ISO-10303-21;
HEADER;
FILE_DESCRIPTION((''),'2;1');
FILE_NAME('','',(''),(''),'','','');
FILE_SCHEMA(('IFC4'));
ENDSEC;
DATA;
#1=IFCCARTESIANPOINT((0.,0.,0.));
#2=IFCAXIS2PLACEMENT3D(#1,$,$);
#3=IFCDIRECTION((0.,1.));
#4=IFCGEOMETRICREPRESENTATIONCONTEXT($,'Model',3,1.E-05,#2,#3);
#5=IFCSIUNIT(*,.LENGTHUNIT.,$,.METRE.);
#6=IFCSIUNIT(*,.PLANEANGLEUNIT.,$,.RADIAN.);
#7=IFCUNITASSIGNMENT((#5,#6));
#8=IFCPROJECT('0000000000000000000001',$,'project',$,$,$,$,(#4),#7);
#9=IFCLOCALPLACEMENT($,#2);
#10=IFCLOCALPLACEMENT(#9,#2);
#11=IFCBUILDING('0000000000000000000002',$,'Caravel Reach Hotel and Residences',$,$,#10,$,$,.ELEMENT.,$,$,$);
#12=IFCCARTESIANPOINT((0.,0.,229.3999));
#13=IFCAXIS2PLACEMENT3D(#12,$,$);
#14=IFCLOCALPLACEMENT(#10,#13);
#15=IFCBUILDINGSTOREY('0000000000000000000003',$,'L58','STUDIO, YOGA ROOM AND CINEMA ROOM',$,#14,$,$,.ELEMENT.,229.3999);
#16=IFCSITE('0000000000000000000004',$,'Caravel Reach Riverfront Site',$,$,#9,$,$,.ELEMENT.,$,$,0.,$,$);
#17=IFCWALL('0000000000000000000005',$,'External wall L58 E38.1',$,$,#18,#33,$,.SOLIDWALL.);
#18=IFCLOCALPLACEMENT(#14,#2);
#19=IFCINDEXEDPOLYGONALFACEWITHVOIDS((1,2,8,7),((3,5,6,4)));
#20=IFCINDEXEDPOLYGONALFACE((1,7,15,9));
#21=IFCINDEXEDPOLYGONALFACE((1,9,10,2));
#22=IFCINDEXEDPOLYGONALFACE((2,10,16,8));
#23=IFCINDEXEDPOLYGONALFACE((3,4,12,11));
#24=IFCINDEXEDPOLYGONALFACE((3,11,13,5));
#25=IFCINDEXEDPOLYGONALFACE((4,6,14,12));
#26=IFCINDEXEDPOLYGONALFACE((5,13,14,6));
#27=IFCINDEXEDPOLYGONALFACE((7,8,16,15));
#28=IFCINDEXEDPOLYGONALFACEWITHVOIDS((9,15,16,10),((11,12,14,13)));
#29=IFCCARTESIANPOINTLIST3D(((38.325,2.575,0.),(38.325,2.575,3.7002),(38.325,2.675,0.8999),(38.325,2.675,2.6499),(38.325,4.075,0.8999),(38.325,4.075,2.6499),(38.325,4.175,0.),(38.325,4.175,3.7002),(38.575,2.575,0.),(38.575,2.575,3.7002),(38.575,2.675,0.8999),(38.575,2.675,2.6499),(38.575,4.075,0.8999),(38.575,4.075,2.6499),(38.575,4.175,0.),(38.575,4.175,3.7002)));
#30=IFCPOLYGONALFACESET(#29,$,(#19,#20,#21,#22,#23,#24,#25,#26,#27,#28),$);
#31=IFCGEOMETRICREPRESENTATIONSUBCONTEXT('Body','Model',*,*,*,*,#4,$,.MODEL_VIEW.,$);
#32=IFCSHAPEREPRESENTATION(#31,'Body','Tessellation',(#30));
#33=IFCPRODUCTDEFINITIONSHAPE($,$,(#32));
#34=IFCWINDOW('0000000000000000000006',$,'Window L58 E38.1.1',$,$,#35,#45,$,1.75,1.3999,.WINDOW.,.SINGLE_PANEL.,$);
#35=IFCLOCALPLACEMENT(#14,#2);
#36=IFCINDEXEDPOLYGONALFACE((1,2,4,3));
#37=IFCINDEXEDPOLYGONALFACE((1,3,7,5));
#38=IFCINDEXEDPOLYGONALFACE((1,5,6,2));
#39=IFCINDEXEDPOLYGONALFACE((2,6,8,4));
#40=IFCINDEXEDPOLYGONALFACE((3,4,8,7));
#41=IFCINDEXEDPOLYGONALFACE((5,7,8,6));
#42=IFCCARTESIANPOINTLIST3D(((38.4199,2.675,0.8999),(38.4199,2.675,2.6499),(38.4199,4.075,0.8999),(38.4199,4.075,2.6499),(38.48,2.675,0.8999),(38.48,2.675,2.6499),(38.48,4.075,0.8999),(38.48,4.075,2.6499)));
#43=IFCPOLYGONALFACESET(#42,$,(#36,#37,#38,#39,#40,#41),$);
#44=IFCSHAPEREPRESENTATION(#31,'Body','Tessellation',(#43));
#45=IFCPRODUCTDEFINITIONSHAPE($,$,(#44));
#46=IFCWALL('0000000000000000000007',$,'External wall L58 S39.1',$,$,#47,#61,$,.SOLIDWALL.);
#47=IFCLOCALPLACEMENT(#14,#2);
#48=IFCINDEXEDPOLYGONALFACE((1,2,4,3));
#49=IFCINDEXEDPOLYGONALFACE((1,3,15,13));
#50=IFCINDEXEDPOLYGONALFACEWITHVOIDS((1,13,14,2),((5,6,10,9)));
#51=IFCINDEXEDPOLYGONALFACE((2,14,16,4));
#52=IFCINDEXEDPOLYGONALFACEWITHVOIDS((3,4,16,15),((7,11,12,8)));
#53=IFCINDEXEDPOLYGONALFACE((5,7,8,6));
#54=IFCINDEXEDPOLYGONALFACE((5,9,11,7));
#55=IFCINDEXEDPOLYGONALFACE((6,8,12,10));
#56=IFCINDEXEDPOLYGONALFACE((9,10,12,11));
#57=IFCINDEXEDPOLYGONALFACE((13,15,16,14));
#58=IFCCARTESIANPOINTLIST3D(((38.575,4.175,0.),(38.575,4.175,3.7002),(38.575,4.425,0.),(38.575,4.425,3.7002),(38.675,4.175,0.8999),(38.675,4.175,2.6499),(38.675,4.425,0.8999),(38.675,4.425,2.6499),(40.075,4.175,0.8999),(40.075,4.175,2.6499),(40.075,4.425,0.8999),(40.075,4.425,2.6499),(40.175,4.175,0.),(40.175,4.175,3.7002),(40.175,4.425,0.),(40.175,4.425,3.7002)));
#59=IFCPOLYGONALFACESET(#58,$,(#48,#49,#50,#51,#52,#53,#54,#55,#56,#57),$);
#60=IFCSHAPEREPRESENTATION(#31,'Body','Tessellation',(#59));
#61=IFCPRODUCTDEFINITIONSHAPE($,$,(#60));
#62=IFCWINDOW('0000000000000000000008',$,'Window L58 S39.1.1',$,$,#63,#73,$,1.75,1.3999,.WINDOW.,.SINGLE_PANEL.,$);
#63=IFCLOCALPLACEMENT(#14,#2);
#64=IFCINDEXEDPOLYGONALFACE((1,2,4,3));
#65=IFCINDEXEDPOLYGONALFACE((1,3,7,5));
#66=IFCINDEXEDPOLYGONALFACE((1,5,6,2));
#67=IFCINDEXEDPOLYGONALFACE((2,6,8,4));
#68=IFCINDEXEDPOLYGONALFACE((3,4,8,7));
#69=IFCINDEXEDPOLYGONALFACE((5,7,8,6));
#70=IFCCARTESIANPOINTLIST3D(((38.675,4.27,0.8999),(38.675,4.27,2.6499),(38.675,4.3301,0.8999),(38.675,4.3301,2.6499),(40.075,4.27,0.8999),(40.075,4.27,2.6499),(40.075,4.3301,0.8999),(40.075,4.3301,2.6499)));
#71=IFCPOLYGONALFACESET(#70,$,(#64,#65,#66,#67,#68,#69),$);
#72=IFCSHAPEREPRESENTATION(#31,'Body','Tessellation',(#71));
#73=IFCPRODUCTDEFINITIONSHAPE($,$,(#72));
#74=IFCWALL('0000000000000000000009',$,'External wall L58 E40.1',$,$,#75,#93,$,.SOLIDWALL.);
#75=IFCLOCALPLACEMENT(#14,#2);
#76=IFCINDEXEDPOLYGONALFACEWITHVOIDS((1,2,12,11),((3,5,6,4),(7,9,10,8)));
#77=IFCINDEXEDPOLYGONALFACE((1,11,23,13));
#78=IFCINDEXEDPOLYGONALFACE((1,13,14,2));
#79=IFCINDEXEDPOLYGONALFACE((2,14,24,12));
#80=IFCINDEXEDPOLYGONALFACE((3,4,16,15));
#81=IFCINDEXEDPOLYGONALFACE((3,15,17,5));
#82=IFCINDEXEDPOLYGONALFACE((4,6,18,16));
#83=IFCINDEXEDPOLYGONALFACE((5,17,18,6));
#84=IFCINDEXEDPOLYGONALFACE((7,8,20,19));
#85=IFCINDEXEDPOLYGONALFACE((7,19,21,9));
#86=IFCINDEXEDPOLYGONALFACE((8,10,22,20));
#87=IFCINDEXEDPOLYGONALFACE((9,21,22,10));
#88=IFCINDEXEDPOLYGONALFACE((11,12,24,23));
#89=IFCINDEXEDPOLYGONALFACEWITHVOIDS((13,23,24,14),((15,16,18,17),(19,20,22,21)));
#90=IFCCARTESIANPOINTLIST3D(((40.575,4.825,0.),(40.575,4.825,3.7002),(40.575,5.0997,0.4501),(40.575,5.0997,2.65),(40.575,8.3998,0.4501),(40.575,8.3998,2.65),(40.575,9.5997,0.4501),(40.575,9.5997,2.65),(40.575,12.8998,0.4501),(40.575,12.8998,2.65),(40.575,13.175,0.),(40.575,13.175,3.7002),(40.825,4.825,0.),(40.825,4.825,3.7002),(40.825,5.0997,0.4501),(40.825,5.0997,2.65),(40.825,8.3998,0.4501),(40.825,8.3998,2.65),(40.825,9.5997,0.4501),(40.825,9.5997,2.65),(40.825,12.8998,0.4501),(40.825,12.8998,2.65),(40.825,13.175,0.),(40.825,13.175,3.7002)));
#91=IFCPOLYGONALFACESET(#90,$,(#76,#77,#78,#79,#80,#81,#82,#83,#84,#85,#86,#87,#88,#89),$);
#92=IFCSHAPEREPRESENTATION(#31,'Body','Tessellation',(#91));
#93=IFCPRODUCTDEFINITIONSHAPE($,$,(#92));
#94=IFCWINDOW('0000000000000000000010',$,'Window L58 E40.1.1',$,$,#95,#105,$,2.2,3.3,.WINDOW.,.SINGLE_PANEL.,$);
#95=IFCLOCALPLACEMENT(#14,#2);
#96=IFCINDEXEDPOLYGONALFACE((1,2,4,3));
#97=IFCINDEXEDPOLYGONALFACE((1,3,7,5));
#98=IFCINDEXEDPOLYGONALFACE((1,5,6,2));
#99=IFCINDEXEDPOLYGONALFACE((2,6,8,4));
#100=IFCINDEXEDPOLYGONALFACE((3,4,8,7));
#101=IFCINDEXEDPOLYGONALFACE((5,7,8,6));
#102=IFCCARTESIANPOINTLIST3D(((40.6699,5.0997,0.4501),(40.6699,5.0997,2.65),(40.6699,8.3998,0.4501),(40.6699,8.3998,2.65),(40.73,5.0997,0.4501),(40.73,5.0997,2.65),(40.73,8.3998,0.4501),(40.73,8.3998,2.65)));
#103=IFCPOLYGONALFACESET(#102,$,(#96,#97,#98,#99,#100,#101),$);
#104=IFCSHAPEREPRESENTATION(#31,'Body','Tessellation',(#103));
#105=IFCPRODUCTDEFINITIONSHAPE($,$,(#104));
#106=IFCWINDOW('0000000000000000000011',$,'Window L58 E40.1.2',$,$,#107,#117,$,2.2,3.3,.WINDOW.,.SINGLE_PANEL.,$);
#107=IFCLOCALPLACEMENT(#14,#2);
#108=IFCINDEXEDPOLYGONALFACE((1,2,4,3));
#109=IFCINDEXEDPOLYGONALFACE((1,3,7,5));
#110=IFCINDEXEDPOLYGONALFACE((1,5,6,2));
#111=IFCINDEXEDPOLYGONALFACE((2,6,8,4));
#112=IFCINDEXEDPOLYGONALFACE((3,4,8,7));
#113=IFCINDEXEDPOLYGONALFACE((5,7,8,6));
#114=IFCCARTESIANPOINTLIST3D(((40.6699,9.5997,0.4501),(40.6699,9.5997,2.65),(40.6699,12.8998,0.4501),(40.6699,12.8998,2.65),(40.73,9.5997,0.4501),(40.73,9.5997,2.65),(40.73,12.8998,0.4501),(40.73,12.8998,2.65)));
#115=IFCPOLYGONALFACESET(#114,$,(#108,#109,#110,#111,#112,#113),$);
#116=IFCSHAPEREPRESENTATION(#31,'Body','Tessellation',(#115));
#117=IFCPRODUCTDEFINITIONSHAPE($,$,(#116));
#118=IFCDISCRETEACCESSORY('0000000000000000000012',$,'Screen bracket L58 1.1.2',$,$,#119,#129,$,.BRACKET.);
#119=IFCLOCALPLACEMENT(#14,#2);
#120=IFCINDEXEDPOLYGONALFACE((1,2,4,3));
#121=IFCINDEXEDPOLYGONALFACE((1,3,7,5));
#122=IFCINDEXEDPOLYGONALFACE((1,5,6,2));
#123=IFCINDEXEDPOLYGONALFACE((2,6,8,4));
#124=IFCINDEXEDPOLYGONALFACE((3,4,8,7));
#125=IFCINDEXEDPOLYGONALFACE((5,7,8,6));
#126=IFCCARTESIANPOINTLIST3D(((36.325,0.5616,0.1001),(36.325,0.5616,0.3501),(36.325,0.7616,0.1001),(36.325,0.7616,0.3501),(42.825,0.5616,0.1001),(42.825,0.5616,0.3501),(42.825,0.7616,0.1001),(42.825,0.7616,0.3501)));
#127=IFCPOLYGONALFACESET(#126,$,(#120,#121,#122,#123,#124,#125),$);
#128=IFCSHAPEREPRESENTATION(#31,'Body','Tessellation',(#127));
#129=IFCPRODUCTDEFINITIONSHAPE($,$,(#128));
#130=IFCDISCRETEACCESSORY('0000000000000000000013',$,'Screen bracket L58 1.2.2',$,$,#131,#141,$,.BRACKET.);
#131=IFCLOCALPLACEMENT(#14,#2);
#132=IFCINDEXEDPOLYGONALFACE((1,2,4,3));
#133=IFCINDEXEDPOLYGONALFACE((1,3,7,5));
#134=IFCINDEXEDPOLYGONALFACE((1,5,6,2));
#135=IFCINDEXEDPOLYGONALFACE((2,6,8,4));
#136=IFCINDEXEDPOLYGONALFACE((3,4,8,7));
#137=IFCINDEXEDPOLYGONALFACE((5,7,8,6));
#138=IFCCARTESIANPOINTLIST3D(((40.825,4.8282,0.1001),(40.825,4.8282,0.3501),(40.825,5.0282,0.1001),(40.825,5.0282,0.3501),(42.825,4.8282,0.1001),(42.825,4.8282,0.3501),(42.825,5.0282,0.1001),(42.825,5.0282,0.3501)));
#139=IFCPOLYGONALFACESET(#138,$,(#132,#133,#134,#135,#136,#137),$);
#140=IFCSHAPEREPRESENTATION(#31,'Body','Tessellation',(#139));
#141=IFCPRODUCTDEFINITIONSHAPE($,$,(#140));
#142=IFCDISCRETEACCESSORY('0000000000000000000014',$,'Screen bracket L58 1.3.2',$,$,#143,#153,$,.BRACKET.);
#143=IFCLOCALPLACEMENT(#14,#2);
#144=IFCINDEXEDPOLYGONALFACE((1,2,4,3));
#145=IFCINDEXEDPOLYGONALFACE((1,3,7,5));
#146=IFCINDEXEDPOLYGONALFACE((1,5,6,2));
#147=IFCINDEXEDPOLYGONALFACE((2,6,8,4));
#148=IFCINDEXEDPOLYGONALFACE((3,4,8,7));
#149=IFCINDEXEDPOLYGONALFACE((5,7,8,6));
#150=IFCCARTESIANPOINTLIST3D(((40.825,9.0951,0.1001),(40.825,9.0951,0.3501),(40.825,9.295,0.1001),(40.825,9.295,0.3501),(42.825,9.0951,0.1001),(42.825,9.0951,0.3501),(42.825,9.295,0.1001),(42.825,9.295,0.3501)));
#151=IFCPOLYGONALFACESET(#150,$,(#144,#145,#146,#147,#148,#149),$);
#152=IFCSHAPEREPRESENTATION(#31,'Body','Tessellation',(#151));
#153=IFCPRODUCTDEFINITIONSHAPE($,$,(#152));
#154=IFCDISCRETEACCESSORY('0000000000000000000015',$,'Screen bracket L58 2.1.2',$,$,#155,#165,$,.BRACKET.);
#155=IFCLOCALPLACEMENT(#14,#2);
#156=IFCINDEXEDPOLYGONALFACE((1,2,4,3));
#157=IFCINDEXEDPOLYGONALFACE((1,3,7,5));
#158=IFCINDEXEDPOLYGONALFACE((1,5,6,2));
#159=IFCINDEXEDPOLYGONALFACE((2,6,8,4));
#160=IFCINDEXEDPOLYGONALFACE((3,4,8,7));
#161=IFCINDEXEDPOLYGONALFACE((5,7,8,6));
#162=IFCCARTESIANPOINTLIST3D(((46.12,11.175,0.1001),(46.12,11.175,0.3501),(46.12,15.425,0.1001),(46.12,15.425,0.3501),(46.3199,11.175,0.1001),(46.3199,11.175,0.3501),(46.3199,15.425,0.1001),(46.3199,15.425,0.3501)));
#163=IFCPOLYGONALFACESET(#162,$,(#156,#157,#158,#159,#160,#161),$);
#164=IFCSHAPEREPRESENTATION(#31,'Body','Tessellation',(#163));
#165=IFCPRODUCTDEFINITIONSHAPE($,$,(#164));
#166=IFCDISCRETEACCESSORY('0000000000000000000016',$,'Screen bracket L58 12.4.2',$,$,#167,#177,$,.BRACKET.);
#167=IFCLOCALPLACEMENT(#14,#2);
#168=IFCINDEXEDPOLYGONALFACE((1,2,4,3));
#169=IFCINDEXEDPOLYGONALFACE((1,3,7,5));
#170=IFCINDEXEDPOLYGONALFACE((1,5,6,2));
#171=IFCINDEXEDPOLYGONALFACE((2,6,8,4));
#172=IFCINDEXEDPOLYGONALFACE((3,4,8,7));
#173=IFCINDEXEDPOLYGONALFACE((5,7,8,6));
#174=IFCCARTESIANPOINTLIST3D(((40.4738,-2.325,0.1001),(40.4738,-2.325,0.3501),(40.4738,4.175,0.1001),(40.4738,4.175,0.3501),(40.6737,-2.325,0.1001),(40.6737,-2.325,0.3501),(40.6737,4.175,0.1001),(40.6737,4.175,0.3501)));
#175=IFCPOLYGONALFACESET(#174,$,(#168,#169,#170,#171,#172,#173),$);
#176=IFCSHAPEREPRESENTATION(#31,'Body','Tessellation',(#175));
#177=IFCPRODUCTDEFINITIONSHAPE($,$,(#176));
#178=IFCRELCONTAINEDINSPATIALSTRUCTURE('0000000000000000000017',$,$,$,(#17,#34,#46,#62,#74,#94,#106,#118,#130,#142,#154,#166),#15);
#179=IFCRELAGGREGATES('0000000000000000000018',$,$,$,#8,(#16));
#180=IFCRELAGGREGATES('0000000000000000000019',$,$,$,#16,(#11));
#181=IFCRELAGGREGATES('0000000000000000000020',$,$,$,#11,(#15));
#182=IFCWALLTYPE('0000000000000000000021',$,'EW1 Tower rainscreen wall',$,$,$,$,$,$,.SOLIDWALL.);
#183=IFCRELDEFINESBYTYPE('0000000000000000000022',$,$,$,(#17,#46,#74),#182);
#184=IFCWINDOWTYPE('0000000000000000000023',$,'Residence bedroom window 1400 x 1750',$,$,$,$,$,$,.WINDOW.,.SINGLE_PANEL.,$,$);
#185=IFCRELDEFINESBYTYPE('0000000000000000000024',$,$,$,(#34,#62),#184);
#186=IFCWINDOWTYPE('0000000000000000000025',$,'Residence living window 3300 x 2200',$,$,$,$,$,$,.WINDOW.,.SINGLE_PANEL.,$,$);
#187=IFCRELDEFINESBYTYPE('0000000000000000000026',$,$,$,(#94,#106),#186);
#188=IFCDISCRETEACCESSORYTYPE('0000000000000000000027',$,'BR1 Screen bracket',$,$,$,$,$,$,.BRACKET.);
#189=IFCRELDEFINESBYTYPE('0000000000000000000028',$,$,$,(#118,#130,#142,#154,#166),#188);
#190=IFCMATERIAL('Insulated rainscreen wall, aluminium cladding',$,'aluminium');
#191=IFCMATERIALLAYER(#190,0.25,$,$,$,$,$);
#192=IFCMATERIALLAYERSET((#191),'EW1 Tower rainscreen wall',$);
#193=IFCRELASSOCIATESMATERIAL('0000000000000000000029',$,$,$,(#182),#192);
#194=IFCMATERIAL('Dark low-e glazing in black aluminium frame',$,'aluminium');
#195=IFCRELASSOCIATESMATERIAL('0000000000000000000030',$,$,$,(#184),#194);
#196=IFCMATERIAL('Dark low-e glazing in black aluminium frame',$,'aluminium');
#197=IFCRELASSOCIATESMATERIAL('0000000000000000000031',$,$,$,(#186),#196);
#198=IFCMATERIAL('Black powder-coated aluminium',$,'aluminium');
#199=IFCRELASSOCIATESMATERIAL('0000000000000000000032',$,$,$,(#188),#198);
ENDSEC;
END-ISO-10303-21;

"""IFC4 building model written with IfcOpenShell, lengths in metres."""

from ifc_helpers import new_model, si_unit, direction, frame, frame_2d, origin, origin_2d, place, context, subcontext, project, spatial, rectangle, extrude, material, layer, layer_set, type_object, element, fill, save


model = new_model("IFC4")

# Units and contexts
model_context = context("Model", 3, precision=1e-05, world=origin(), true_north=direction((0.0, 1.0)))
body_context = subcontext(model_context, "Body", "Model", "MODEL_VIEW")
ifc_project = project(units=[si_unit("LENGTHUNIT", "METRE"), si_unit("PLANEANGLEUNIT", "RADIAN")], contexts=[model_context])

# Site, building, storey
site_placement = place(None, origin())
site = spatial("IfcSite", under=ifc_project, at=site_placement, Name="Caravel Reach Riverfront Site", CompositionType="ELEMENT", RefElevation=0.0)
building_placement = place(site_placement, origin())
building = spatial("IfcBuilding", under=site, at=building_placement, Name="Caravel Reach Hotel and Residences", CompositionType="ELEMENT")
storey_placement = place(building_placement, frame((0.0, 0.0, 229.3999)))
storey = spatial("IfcBuildingStorey", under=building, at=storey_placement, Name="L58", Description="STUDIO, YOGA ROOM AND CINEMA ROOM", CompositionType="ELEMENT", Elevation=229.3999)

# Walls, openings, windows
ifc_material_1 = material(Name="Insulated rainscreen wall, aluminium cladding", Category="aluminium")
ifc_layer = layer(ifc_material_1, 0.25)
ifc_layer_set = layer_set([ifc_layer], Name="EW1 Tower rainscreen wall")
wall_type = type_object("IfcWallType", Name="EW1 Tower rainscreen wall", PredefinedType="SOLIDWALL", material=ifc_layer_set)
ifc_material_2 = material(Name="Dark low-e glazing in black aluminium frame", Category="aluminium")
window_type_1 = type_object("IfcWindowType", Name="Residence bedroom window 1400 x 1750", PartitioningType="SINGLE_PANEL", PredefinedType="WINDOW", material=ifc_material_2)
wall_1_placement = place(storey_placement, frame((38.45, 2.575, 0.0), z_axis=(0.0, 0.0, 1.0), x_axis=(0.0, 1.0, 0.0)))
wall_1 = element("IfcWall", 1, at=wall_1_placement, inside=storey, type_object=wall_type, Name="External wall L58 E38.1", PredefinedType="SOLIDWALL", context=body_context, shape_type="SweptSolid", body=[
    extrude(rectangle(XDim=1.6001, YDim=0.25, at=frame_2d((0.8, 0.0))), origin(), (0.0, 0.0, 1.0), 3.7002),
])
opening_1_placement = place(wall_1_placement, frame((0.1001, 0.0, 0.8999)))
opening_1 = element("IfcOpeningElement", 2, at=opening_1_placement, cuts=wall_1, PredefinedType="OPENING", context=body_context, shape_type="SweptSolid", body=[
    extrude(rectangle(XDim=1.3999, YDim=1.75, at=frame_2d((0.7, 0.875))), frame((0.0, 0.135, 0.0), z_axis=(0.0, -1.0, 0.0), x_axis=(1.0, 0.0, 0.0)), (0.0, 0.0, 1.0), 0.27),
])
window_1_placement = place(opening_1_placement, origin())
window_1 = element("IfcWindow", 3, at=window_1_placement, inside=storey, type_object=window_type_1, Name="Window L58 E38.1.1", OverallHeight=1.75, OverallWidth=1.3999, PartitioningType="SINGLE_PANEL", PredefinedType="WINDOW", context=body_context, shape_type="SweptSolid", body=[
    extrude(rectangle(XDim=1.3999, YDim=1.75, at=frame_2d((0.7, 0.875))), frame((0.0, 0.03, 0.0), z_axis=(0.0, -1.0, 0.0), x_axis=(1.0, 0.0, 0.0)), (0.0, 0.0, 1.0), 0.0601),
])
fill(opening_1, window_1)
wall_2_placement = place(storey_placement, frame((38.575, 4.3, 0.0), z_axis=(0.0, 0.0, 1.0), x_axis=(1.0, 0.0, 0.0)))
wall_2 = element("IfcWall", 4, at=wall_2_placement, inside=storey, type_object=wall_type, Name="External wall L58 S39.1", PredefinedType="SOLIDWALL", context=body_context, shape_type="SweptSolid", body=[
    extrude(rectangle(XDim=1.6001, YDim=0.25, at=frame_2d((0.8, 0.0))), origin(), (0.0, 0.0, 1.0), 3.7002),
])
opening_2_placement = place(wall_2_placement, frame((0.1001, 0.0, 0.8999)))
opening_2 = element("IfcOpeningElement", 5, at=opening_2_placement, cuts=wall_2, PredefinedType="OPENING", context=body_context, shape_type="SweptSolid", body=[
    extrude(rectangle(XDim=1.3999, YDim=1.75, at=frame_2d((0.7, 0.875))), frame((0.0, 0.135, 0.0), z_axis=(0.0, -1.0, 0.0), x_axis=(1.0, 0.0, 0.0)), (0.0, 0.0, 1.0), 0.27),
])
window_2_placement = place(opening_2_placement, origin())
window_2 = element("IfcWindow", 6, at=window_2_placement, inside=storey, type_object=window_type_1, Name="Window L58 S39.1.1", OverallHeight=1.75, OverallWidth=1.3999, PartitioningType="SINGLE_PANEL", PredefinedType="WINDOW", context=body_context, shape_type="SweptSolid", body=[
    extrude(rectangle(XDim=1.3999, YDim=1.75, at=frame_2d((0.7, 0.875))), frame((0.0, 0.03, 0.0), z_axis=(0.0, -1.0, 0.0), x_axis=(1.0, 0.0, 0.0)), (0.0, 0.0, 1.0), 0.0601),
])
fill(opening_2, window_2)

# Wall, openings, windows
wall_3_placement = place(storey_placement, frame((40.7, 4.825, 0.0), z_axis=(0.0, 0.0, 1.0), x_axis=(0.0, 1.0, 0.0)))
wall_3 = element("IfcWall", 7, at=wall_3_placement, inside=storey, type_object=wall_type, Name="External wall L58 E40.1", PredefinedType="SOLIDWALL", context=body_context, shape_type="SweptSolid", body=[
    extrude(rectangle(XDim=8.3501, YDim=0.25, at=frame_2d((4.175, 0.0))), origin(), (0.0, 0.0, 1.0), 3.7002),
])
opening_3_placement = place(wall_3_placement, frame((0.2749, 0.0, 0.45)))
opening_3 = element("IfcOpeningElement", 8, at=opening_3_placement, cuts=wall_3, PredefinedType="OPENING", context=body_context, shape_type="SweptSolid", body=[
    extrude(rectangle(XDim=3.3, YDim=2.2, at=frame_2d((1.6499, 1.1001))), frame((0.0, 0.135, 0.0), z_axis=(0.0, -1.0, 0.0), x_axis=(1.0, 0.0, 0.0)), (0.0, 0.0, 1.0), 0.27),
])
opening_4_placement = place(wall_3_placement, frame((4.7749, 0.0, 0.45)))
opening_4 = element("IfcOpeningElement", 9, at=opening_4_placement, cuts=wall_3, PredefinedType="OPENING", context=body_context, shape_type="SweptSolid", body=[
    extrude(rectangle(XDim=3.3, YDim=2.2, at=frame_2d((1.6499, 1.1001))), frame((0.0, 0.135, 0.0), z_axis=(0.0, -1.0, 0.0), x_axis=(1.0, 0.0, 0.0)), (0.0, 0.0, 1.0), 0.27),
])
ifc_material_3 = material(Name="Dark low-e glazing in black aluminium frame", Category="aluminium")
window_type_2 = type_object("IfcWindowType", Name="Residence living window 3300 x 2200", PartitioningType="SINGLE_PANEL", PredefinedType="WINDOW", material=ifc_material_3)
window_3_placement = place(opening_3_placement, origin())
window_3 = element("IfcWindow", 10, at=window_3_placement, inside=storey, type_object=window_type_2, Name="Window L58 E40.1.1", OverallHeight=2.2, OverallWidth=3.3, PartitioningType="SINGLE_PANEL", PredefinedType="WINDOW", context=body_context, shape_type="SweptSolid", body=[
    extrude(rectangle(XDim=3.3, YDim=2.2, at=frame_2d((1.6499, 1.1001))), frame((0.0, 0.03, 0.0), z_axis=(0.0, -1.0, 0.0), x_axis=(1.0, 0.0, 0.0)), (0.0, 0.0, 1.0), 0.0601),
])
fill(opening_3, window_3)
window_4_placement = place(opening_4_placement, origin())
window_4 = element("IfcWindow", 11, at=window_4_placement, inside=storey, type_object=window_type_2, Name="Window L58 E40.1.2", OverallHeight=2.2, OverallWidth=3.3, PartitioningType="SINGLE_PANEL", PredefinedType="WINDOW", context=body_context, shape_type="SweptSolid", body=[
    extrude(rectangle(XDim=3.3, YDim=2.2, at=frame_2d((1.6499, 1.1001))), frame((0.0, 0.03, 0.0), z_axis=(0.0, -1.0, 0.0), x_axis=(1.0, 0.0, 0.0)), (0.0, 0.0, 1.0), 0.0601),
])
fill(opening_4, window_4)

# Discrete accessories
ifc_material_4 = material(Name="Black powder-coated aluminium", Category="aluminium")
discrete_accessory_type = type_object("IfcDiscreteAccessoryType", Name="BR1 Screen bracket", PredefinedType="BRACKET", material=ifc_material_4)
discrete_accessory_1_placement = place(storey_placement, frame((39.575, 0.6616, 0.1001), z_axis=(0.0, 0.0, 1.0), x_axis=(1.0, 0.0, 0.0)))
element("IfcDiscreteAccessory", 12, at=discrete_accessory_1_placement, inside=storey, type_object=discrete_accessory_type, Name="Screen bracket L58 1.1.2", PredefinedType="BRACKET", context=body_context, shape_type="SweptSolid", body=[
    extrude(rectangle(XDim=6.5, YDim=0.2, at=origin_2d()), origin(), (0.0, 0.0, 1.0), 0.25),
])
for number, where, z_axis, x_axis, name in (
    (13, (41.825, 4.9282, 0.1001), (0.0, 0.0, 1.0), (1.0, 0.0, 0.0), "Screen bracket L58 1.2.2"),
    (14, (41.825, 9.1951, 0.1001), (0.0, 0.0, 1.0), (1.0, 0.0, 0.0), "Screen bracket L58 1.3.2"),
):
    element("IfcDiscreteAccessory", number, at=place(storey_placement, frame(where, z_axis=z_axis, x_axis=x_axis)), inside=storey, type_object=discrete_accessory_type, Name=name, PredefinedType="BRACKET", context=body_context, shape_type="SweptSolid", body=[
        extrude(rectangle(XDim=2.0, YDim=0.2, at=origin_2d()), origin(), (0.0, 0.0, 1.0), 0.25),
    ])
discrete_accessory_2_placement = place(storey_placement, frame((46.22, 13.3, 0.1001), z_axis=(0.0, 0.0, 1.0), x_axis=(0.0, -1.0, 0.0)))
element("IfcDiscreteAccessory", 15, at=discrete_accessory_2_placement, inside=storey, type_object=discrete_accessory_type, Name="Screen bracket L58 2.1.2", PredefinedType="BRACKET", context=body_context, shape_type="SweptSolid", body=[
    extrude(rectangle(XDim=4.25, YDim=0.2, at=origin_2d()), origin(), (0.0, 0.0, 1.0), 0.25),
])
discrete_accessory_3_placement = place(storey_placement, frame((40.5737, 0.925, 0.1001), z_axis=(0.0, 0.0, 1.0), x_axis=(0.0, -1.0, 0.0)))
element("IfcDiscreteAccessory", 16, at=discrete_accessory_3_placement, inside=storey, type_object=discrete_accessory_type, Name="Screen bracket L58 12.4.2", PredefinedType="BRACKET", context=body_context, shape_type="SweptSolid", body=[
    extrude(rectangle(XDim=6.5, YDim=0.2, at=origin_2d()), origin(), (0.0, 0.0, 1.0), 0.25),
])

save(model, "model.ifc")
